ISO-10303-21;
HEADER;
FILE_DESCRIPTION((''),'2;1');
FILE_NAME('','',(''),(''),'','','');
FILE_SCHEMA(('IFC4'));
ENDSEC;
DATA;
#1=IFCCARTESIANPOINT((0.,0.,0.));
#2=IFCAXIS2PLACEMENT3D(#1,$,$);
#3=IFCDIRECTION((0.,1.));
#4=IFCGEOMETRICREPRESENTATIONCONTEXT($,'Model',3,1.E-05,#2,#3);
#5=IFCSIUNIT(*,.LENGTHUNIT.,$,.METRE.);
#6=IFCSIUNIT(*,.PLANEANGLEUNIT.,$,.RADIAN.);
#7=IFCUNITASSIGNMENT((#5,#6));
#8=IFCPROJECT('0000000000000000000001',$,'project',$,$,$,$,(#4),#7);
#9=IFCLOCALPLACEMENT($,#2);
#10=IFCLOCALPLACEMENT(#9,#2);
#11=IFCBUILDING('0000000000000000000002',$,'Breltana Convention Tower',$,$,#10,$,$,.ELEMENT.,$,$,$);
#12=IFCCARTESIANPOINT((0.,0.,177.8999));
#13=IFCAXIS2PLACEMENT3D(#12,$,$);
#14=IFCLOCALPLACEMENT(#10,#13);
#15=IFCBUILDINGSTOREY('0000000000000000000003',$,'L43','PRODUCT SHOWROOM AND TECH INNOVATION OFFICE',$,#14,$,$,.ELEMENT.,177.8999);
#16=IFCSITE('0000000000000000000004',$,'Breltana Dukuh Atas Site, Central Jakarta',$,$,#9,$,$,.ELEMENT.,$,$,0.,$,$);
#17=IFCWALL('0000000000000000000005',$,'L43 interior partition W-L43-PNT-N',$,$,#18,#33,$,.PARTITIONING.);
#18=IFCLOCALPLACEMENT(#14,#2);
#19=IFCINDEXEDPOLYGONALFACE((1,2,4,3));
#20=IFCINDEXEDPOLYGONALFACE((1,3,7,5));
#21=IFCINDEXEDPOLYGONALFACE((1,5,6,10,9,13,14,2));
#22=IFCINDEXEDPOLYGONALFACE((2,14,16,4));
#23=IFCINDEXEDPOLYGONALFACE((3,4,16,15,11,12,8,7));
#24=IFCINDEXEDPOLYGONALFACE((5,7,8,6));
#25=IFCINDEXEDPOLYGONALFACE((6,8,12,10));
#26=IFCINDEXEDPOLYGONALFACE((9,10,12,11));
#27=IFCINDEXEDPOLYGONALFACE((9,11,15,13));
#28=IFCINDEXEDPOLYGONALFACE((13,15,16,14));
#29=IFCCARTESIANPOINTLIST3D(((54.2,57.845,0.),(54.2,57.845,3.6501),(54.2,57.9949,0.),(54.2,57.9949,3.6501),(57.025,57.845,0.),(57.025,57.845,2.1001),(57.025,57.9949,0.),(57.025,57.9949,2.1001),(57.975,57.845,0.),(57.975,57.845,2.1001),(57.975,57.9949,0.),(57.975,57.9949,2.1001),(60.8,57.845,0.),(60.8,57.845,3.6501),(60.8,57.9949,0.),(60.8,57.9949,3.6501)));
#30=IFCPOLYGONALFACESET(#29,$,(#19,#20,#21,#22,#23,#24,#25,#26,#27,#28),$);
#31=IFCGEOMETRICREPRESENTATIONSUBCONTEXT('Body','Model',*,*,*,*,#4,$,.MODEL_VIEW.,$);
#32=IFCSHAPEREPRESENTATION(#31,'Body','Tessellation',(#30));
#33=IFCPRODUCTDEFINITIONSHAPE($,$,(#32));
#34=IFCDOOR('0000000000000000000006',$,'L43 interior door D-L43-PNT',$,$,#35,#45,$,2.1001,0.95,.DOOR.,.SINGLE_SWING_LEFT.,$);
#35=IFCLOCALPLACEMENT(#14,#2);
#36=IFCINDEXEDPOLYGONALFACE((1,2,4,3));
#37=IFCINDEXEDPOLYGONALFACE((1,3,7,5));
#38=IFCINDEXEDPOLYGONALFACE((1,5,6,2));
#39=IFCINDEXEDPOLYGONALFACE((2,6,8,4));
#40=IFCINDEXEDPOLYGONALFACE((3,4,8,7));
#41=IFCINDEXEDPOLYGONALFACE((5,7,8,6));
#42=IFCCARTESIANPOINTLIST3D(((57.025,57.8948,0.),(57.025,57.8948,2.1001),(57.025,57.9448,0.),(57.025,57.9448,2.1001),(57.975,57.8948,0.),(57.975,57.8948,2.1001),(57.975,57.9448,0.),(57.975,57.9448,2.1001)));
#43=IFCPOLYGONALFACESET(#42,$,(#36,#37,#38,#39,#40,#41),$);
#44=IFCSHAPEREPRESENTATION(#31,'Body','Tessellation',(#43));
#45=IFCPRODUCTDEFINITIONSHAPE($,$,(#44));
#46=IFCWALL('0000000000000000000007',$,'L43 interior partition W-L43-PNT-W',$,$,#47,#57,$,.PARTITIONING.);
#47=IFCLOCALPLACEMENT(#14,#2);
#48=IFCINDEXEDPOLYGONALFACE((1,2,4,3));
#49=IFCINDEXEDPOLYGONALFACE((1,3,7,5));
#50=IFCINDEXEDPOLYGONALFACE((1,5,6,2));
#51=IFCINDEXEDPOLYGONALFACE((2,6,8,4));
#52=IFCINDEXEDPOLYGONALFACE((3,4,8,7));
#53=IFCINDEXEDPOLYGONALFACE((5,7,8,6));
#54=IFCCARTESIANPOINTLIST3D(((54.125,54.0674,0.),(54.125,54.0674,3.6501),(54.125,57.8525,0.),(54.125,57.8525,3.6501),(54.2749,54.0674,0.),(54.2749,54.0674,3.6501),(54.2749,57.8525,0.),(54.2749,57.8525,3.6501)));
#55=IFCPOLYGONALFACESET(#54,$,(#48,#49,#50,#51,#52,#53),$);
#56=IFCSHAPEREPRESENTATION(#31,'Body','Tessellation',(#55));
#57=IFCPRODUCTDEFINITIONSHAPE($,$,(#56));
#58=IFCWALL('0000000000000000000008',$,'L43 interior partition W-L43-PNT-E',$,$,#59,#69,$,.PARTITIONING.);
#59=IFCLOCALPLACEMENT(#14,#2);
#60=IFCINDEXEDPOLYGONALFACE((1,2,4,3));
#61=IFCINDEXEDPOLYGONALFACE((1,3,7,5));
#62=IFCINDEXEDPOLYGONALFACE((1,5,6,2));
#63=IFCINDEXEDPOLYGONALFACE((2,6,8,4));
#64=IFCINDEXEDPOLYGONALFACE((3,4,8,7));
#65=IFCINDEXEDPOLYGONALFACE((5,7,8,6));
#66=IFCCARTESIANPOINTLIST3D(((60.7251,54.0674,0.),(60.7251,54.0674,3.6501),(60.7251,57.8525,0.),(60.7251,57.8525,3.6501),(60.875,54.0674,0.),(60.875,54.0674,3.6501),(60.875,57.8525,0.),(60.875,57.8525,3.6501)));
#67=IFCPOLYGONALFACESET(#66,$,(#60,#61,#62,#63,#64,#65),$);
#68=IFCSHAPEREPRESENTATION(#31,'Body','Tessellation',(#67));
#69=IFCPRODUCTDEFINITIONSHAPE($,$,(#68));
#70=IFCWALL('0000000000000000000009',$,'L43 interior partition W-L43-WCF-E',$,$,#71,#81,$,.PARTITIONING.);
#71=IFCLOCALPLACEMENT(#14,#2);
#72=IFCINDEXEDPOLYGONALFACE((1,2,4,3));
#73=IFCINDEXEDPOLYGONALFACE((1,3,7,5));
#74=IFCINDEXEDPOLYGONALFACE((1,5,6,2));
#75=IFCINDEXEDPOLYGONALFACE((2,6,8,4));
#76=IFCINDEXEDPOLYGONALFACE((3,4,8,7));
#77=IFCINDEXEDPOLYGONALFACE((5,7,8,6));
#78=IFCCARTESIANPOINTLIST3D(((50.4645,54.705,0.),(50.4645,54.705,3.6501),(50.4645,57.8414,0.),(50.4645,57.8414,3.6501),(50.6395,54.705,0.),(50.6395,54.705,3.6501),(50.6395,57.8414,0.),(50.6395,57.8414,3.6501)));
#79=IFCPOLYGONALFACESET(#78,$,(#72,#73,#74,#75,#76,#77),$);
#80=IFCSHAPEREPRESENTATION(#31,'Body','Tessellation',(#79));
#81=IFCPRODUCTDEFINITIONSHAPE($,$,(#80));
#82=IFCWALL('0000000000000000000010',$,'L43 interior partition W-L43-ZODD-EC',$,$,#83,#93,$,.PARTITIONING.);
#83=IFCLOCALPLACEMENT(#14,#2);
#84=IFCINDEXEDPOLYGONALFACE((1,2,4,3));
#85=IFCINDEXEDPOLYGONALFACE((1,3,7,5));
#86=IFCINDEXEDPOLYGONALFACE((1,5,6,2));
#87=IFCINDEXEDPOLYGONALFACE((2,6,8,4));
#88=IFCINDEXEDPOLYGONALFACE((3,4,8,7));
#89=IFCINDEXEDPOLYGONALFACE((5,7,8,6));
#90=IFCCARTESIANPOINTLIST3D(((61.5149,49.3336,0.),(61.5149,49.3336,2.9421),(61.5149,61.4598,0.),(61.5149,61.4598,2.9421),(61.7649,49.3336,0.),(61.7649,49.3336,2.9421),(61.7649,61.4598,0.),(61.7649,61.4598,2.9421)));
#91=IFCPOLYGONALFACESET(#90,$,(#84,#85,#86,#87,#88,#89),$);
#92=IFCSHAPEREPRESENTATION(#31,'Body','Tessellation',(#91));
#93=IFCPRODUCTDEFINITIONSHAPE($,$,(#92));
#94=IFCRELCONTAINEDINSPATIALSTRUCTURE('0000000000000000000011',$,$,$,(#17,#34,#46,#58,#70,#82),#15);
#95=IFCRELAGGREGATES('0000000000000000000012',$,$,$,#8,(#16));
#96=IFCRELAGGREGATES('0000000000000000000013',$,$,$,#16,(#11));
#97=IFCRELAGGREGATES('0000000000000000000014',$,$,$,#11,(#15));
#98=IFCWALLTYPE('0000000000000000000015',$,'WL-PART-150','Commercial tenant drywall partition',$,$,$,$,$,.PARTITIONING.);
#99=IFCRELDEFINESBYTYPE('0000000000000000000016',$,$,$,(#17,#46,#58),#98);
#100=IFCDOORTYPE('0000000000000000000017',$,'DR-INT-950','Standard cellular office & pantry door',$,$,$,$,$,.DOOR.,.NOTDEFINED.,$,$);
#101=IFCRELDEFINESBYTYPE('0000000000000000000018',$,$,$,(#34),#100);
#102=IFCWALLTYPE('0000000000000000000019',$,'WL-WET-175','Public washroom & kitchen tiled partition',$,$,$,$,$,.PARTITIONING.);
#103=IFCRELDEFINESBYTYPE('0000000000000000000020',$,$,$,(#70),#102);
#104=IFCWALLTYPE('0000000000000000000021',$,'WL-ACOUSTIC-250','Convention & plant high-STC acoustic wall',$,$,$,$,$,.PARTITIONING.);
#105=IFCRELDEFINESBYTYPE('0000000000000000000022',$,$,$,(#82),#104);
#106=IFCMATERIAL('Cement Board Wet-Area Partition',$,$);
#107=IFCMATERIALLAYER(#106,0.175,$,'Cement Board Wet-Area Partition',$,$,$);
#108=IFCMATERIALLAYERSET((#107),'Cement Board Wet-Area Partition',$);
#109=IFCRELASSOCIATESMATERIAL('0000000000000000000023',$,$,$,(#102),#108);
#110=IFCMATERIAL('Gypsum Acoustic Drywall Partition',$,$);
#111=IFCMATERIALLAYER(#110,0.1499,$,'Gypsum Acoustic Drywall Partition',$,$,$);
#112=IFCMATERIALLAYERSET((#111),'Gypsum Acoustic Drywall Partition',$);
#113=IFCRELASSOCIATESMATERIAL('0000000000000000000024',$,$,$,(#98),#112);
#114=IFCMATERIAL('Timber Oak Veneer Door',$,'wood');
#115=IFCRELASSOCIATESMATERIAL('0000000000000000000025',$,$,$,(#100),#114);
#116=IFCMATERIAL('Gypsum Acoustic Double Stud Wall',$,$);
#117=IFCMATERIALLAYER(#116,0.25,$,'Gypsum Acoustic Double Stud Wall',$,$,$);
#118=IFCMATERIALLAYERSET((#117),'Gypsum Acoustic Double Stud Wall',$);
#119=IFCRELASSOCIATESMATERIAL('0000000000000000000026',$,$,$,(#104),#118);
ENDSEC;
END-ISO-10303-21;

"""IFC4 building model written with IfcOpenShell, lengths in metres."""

from ifc_helpers import new_model, si_unit, direction, frame, frame_2d, origin, place, context, subcontext, project, spatial, rectangle, extrude, source, transform, mapped, material, layer, layer_set, type_object, type_shapes, element, fill, save


model = new_model("IFC4")

# Units and contexts
model_context = context("Model", 3, precision=1e-05, world=origin(), true_north=direction((0.0, 1.0)))
body_context = subcontext(model_context, "Body", "Model", "MODEL_VIEW")
ifc_project = project(units=[si_unit("LENGTHUNIT", "METRE"), si_unit("PLANEANGLEUNIT", "RADIAN")], contexts=[model_context])

# Site, building, storey
site_placement = place(None, origin())
site = spatial("IfcSite", under=ifc_project, at=site_placement, Name="Breltana Dukuh Atas Site, Central Jakarta", CompositionType="ELEMENT", RefElevation=0.0)
building_placement = place(site_placement, origin())
building = spatial("IfcBuilding", under=site, at=building_placement, Name="Breltana Convention Tower", CompositionType="ELEMENT")
storey_placement = place(building_placement, frame((0.0, 0.0, 177.8999)))
storey = spatial("IfcBuildingStorey", under=building, at=storey_placement, Name="L43", Description="PRODUCT SHOWROOM AND TECH INNOVATION OFFICE", CompositionType="ELEMENT", Elevation=177.8999)

# Shared definitions
ifc_material_1 = material(Name="Cement Board Wet-Area Partition")
ifc_layer_1 = layer(ifc_material_1, 0.175, Name="Cement Board Wet-Area Partition")
ifc_layer_set_1 = layer_set([ifc_layer_1], Name="Cement Board Wet-Area Partition")
wall_type_1 = type_object("IfcWallType", Name="WL-WET-175", Description="Public washroom & kitchen tiled partition", PredefinedType="PARTITIONING", material=ifc_layer_set_1)

# Shared definitions
ifc_material_2 = material(Name="Gypsum Acoustic Drywall Partition")
ifc_layer_2 = layer(ifc_material_2, 0.1499, Name="Gypsum Acoustic Drywall Partition")
ifc_layer_set_2 = layer_set([ifc_layer_2], Name="Gypsum Acoustic Drywall Partition")
wall_type_2 = type_object("IfcWallType", Name="WL-PART-150", Description="Commercial tenant drywall partition", PredefinedType="PARTITIONING", material=ifc_layer_set_2)

# Wall, opening, door
shared_shape_1 = source(origin(), body_context, "Body", "SweptSolid", [
    extrude(rectangle(XDim=6.6001, YDim=0.1499, at=frame_2d((3.3, 0.0))), origin(), (0.0, 0.0, 1.0), 3.6501),
])
wall_1_placement = place(storey_placement, frame((54.2, 57.9199, 0.0), z_axis=(0.0, 0.0, 1.0), x_axis=(1.0, 0.0, 0.0)))
wall_1 = element("IfcWall", 1, at=wall_1_placement, inside=storey, type_object=wall_type_2, Name="L43 interior partition W-L43-PNT-N", PredefinedType="PARTITIONING", context=body_context, shape_type="MappedRepresentation", body=[
    mapped(shared_shape_1, transform((0.0, 0.0, 0.0), scale=1.0)),
])
opening_1_placement = place(wall_1_placement, frame((2.825, 0.0, 0.0)))
opening_1 = element("IfcOpeningElement", 2, at=opening_1_placement, cuts=wall_1, PredefinedType="OPENING", context=body_context, shape_type="SweptSolid", body=[
    extrude(rectangle(XDim=0.95, YDim=2.1001, at=frame_2d((0.4751, 1.05))), frame((0.0, 0.085, 0.0), z_axis=(0.0, -1.0, 0.0), x_axis=(1.0, 0.0, 0.0)), (0.0, 0.0, 1.0), 0.1699),
])
ifc_material_3 = material(Name="Timber Oak Veneer Door", Category="wood")
door_type_1 = type_object("IfcDoorType", Name="DR-INT-950", Description="Standard cellular office & pantry door", OperationType="NOTDEFINED", PredefinedType="DOOR", material=ifc_material_3)
shared_shape_2 = source(origin(), body_context, "Body", "SweptSolid", [
    extrude(rectangle(XDim=0.95, YDim=2.1001, at=frame_2d((0.4751, 1.05))), frame((0.0, 0.0249, 0.0), z_axis=(0.0, -1.0, 0.0), x_axis=(1.0, 0.0, 0.0)), (0.0, 0.0, 1.0), 0.05),
])
type_shapes(door_type_1, [shared_shape_2])
door_1_placement = place(opening_1_placement, origin())
door_1 = element("IfcDoor", 3, at=door_1_placement, inside=storey, type_object=door_type_1, Name="L43 interior door D-L43-PNT", OperationType="SINGLE_SWING_LEFT", OverallHeight=2.1001, OverallWidth=0.95, PredefinedType="DOOR", context=body_context, shape_type="MappedRepresentation", body=[
    mapped(shared_shape_2, transform((0.0, 0.0, 0.0), scale=1.0)),
])
fill(opening_1, door_1)

# Walls
shared_shape_3 = source(origin(), body_context, "Body", "SweptSolid", [
    extrude(rectangle(XDim=3.7852, YDim=0.1499, at=frame_2d((1.8926, 0.0))), origin(), (0.0, 0.0, 1.0), 3.6501),
])
for number, where, z_axis, x_axis, name in (
    (4, (54.2, 54.0674, 0.0), (0.0, 0.0, 1.0), (0.0, 1.0, 0.0), "L43 interior partition W-L43-PNT-W"),
    (5, (60.8, 54.0674, 0.0), (0.0, 0.0, 1.0), (0.0, 1.0, 0.0), "L43 interior partition W-L43-PNT-E"),
):
    element("IfcWall", number, at=place(storey_placement, frame(where, z_axis=z_axis, x_axis=x_axis)), inside=storey, type_object=wall_type_2, Name=name, PredefinedType="PARTITIONING", context=body_context, shape_type="MappedRepresentation", body=[
        mapped(shared_shape_3, transform((0.0, 0.0, 0.0), scale=1.0)),
    ])
shared_shape_4 = source(origin(), body_context, "Body", "SweptSolid", [
    extrude(rectangle(XDim=3.1365, YDim=0.175, at=frame_2d((1.5684, 0.0))), origin(), (0.0, 0.0, 1.0), 3.6501),
])
wall_2_placement = place(storey_placement, frame((50.552, 54.7048, 0.0), z_axis=(0.0, 0.0, 1.0), x_axis=(0.0, 1.0, 0.0)))
element("IfcWall", 6, at=wall_2_placement, inside=storey, type_object=wall_type_1, Name="L43 interior partition W-L43-WCF-E", PredefinedType="PARTITIONING", context=body_context, shape_type="MappedRepresentation", body=[
    mapped(shared_shape_4, transform((0.0, 0.0, 0.0), scale=1.0)),
])
ifc_material_4 = material(Name="Gypsum Acoustic Double Stud Wall")
ifc_layer_3 = layer(ifc_material_4, 0.25, Name="Gypsum Acoustic Double Stud Wall")
ifc_layer_set_3 = layer_set([ifc_layer_3], Name="Gypsum Acoustic Double Stud Wall")
wall_type_3 = type_object("IfcWallType", Name="WL-ACOUSTIC-250", Description="Convention & plant high-STC acoustic wall", PredefinedType="PARTITIONING", material=ifc_layer_set_3)
shared_shape_5 = source(origin(), body_context, "Body", "SweptSolid", [
    extrude(rectangle(XDim=12.1262, YDim=0.25, at=frame_2d((6.063, 0.0))), origin(), (0.0, 0.0, 1.0), 2.9421),
])
wall_3_placement = place(storey_placement, frame((61.6399, 49.3337, 0.0), z_axis=(0.0, 0.0, 1.0), x_axis=(0.0, 1.0, 0.0)))
element("IfcWall", 7, at=wall_3_placement, inside=storey, type_object=wall_type_3, Name="L43 interior partition W-L43-ZODD-EC", PredefinedType="PARTITIONING", context=body_context, shape_type="MappedRepresentation", body=[
    mapped(shared_shape_5, transform((0.0, 0.0, 0.0), scale=1.0)),
])

save(model, "model.ifc")
